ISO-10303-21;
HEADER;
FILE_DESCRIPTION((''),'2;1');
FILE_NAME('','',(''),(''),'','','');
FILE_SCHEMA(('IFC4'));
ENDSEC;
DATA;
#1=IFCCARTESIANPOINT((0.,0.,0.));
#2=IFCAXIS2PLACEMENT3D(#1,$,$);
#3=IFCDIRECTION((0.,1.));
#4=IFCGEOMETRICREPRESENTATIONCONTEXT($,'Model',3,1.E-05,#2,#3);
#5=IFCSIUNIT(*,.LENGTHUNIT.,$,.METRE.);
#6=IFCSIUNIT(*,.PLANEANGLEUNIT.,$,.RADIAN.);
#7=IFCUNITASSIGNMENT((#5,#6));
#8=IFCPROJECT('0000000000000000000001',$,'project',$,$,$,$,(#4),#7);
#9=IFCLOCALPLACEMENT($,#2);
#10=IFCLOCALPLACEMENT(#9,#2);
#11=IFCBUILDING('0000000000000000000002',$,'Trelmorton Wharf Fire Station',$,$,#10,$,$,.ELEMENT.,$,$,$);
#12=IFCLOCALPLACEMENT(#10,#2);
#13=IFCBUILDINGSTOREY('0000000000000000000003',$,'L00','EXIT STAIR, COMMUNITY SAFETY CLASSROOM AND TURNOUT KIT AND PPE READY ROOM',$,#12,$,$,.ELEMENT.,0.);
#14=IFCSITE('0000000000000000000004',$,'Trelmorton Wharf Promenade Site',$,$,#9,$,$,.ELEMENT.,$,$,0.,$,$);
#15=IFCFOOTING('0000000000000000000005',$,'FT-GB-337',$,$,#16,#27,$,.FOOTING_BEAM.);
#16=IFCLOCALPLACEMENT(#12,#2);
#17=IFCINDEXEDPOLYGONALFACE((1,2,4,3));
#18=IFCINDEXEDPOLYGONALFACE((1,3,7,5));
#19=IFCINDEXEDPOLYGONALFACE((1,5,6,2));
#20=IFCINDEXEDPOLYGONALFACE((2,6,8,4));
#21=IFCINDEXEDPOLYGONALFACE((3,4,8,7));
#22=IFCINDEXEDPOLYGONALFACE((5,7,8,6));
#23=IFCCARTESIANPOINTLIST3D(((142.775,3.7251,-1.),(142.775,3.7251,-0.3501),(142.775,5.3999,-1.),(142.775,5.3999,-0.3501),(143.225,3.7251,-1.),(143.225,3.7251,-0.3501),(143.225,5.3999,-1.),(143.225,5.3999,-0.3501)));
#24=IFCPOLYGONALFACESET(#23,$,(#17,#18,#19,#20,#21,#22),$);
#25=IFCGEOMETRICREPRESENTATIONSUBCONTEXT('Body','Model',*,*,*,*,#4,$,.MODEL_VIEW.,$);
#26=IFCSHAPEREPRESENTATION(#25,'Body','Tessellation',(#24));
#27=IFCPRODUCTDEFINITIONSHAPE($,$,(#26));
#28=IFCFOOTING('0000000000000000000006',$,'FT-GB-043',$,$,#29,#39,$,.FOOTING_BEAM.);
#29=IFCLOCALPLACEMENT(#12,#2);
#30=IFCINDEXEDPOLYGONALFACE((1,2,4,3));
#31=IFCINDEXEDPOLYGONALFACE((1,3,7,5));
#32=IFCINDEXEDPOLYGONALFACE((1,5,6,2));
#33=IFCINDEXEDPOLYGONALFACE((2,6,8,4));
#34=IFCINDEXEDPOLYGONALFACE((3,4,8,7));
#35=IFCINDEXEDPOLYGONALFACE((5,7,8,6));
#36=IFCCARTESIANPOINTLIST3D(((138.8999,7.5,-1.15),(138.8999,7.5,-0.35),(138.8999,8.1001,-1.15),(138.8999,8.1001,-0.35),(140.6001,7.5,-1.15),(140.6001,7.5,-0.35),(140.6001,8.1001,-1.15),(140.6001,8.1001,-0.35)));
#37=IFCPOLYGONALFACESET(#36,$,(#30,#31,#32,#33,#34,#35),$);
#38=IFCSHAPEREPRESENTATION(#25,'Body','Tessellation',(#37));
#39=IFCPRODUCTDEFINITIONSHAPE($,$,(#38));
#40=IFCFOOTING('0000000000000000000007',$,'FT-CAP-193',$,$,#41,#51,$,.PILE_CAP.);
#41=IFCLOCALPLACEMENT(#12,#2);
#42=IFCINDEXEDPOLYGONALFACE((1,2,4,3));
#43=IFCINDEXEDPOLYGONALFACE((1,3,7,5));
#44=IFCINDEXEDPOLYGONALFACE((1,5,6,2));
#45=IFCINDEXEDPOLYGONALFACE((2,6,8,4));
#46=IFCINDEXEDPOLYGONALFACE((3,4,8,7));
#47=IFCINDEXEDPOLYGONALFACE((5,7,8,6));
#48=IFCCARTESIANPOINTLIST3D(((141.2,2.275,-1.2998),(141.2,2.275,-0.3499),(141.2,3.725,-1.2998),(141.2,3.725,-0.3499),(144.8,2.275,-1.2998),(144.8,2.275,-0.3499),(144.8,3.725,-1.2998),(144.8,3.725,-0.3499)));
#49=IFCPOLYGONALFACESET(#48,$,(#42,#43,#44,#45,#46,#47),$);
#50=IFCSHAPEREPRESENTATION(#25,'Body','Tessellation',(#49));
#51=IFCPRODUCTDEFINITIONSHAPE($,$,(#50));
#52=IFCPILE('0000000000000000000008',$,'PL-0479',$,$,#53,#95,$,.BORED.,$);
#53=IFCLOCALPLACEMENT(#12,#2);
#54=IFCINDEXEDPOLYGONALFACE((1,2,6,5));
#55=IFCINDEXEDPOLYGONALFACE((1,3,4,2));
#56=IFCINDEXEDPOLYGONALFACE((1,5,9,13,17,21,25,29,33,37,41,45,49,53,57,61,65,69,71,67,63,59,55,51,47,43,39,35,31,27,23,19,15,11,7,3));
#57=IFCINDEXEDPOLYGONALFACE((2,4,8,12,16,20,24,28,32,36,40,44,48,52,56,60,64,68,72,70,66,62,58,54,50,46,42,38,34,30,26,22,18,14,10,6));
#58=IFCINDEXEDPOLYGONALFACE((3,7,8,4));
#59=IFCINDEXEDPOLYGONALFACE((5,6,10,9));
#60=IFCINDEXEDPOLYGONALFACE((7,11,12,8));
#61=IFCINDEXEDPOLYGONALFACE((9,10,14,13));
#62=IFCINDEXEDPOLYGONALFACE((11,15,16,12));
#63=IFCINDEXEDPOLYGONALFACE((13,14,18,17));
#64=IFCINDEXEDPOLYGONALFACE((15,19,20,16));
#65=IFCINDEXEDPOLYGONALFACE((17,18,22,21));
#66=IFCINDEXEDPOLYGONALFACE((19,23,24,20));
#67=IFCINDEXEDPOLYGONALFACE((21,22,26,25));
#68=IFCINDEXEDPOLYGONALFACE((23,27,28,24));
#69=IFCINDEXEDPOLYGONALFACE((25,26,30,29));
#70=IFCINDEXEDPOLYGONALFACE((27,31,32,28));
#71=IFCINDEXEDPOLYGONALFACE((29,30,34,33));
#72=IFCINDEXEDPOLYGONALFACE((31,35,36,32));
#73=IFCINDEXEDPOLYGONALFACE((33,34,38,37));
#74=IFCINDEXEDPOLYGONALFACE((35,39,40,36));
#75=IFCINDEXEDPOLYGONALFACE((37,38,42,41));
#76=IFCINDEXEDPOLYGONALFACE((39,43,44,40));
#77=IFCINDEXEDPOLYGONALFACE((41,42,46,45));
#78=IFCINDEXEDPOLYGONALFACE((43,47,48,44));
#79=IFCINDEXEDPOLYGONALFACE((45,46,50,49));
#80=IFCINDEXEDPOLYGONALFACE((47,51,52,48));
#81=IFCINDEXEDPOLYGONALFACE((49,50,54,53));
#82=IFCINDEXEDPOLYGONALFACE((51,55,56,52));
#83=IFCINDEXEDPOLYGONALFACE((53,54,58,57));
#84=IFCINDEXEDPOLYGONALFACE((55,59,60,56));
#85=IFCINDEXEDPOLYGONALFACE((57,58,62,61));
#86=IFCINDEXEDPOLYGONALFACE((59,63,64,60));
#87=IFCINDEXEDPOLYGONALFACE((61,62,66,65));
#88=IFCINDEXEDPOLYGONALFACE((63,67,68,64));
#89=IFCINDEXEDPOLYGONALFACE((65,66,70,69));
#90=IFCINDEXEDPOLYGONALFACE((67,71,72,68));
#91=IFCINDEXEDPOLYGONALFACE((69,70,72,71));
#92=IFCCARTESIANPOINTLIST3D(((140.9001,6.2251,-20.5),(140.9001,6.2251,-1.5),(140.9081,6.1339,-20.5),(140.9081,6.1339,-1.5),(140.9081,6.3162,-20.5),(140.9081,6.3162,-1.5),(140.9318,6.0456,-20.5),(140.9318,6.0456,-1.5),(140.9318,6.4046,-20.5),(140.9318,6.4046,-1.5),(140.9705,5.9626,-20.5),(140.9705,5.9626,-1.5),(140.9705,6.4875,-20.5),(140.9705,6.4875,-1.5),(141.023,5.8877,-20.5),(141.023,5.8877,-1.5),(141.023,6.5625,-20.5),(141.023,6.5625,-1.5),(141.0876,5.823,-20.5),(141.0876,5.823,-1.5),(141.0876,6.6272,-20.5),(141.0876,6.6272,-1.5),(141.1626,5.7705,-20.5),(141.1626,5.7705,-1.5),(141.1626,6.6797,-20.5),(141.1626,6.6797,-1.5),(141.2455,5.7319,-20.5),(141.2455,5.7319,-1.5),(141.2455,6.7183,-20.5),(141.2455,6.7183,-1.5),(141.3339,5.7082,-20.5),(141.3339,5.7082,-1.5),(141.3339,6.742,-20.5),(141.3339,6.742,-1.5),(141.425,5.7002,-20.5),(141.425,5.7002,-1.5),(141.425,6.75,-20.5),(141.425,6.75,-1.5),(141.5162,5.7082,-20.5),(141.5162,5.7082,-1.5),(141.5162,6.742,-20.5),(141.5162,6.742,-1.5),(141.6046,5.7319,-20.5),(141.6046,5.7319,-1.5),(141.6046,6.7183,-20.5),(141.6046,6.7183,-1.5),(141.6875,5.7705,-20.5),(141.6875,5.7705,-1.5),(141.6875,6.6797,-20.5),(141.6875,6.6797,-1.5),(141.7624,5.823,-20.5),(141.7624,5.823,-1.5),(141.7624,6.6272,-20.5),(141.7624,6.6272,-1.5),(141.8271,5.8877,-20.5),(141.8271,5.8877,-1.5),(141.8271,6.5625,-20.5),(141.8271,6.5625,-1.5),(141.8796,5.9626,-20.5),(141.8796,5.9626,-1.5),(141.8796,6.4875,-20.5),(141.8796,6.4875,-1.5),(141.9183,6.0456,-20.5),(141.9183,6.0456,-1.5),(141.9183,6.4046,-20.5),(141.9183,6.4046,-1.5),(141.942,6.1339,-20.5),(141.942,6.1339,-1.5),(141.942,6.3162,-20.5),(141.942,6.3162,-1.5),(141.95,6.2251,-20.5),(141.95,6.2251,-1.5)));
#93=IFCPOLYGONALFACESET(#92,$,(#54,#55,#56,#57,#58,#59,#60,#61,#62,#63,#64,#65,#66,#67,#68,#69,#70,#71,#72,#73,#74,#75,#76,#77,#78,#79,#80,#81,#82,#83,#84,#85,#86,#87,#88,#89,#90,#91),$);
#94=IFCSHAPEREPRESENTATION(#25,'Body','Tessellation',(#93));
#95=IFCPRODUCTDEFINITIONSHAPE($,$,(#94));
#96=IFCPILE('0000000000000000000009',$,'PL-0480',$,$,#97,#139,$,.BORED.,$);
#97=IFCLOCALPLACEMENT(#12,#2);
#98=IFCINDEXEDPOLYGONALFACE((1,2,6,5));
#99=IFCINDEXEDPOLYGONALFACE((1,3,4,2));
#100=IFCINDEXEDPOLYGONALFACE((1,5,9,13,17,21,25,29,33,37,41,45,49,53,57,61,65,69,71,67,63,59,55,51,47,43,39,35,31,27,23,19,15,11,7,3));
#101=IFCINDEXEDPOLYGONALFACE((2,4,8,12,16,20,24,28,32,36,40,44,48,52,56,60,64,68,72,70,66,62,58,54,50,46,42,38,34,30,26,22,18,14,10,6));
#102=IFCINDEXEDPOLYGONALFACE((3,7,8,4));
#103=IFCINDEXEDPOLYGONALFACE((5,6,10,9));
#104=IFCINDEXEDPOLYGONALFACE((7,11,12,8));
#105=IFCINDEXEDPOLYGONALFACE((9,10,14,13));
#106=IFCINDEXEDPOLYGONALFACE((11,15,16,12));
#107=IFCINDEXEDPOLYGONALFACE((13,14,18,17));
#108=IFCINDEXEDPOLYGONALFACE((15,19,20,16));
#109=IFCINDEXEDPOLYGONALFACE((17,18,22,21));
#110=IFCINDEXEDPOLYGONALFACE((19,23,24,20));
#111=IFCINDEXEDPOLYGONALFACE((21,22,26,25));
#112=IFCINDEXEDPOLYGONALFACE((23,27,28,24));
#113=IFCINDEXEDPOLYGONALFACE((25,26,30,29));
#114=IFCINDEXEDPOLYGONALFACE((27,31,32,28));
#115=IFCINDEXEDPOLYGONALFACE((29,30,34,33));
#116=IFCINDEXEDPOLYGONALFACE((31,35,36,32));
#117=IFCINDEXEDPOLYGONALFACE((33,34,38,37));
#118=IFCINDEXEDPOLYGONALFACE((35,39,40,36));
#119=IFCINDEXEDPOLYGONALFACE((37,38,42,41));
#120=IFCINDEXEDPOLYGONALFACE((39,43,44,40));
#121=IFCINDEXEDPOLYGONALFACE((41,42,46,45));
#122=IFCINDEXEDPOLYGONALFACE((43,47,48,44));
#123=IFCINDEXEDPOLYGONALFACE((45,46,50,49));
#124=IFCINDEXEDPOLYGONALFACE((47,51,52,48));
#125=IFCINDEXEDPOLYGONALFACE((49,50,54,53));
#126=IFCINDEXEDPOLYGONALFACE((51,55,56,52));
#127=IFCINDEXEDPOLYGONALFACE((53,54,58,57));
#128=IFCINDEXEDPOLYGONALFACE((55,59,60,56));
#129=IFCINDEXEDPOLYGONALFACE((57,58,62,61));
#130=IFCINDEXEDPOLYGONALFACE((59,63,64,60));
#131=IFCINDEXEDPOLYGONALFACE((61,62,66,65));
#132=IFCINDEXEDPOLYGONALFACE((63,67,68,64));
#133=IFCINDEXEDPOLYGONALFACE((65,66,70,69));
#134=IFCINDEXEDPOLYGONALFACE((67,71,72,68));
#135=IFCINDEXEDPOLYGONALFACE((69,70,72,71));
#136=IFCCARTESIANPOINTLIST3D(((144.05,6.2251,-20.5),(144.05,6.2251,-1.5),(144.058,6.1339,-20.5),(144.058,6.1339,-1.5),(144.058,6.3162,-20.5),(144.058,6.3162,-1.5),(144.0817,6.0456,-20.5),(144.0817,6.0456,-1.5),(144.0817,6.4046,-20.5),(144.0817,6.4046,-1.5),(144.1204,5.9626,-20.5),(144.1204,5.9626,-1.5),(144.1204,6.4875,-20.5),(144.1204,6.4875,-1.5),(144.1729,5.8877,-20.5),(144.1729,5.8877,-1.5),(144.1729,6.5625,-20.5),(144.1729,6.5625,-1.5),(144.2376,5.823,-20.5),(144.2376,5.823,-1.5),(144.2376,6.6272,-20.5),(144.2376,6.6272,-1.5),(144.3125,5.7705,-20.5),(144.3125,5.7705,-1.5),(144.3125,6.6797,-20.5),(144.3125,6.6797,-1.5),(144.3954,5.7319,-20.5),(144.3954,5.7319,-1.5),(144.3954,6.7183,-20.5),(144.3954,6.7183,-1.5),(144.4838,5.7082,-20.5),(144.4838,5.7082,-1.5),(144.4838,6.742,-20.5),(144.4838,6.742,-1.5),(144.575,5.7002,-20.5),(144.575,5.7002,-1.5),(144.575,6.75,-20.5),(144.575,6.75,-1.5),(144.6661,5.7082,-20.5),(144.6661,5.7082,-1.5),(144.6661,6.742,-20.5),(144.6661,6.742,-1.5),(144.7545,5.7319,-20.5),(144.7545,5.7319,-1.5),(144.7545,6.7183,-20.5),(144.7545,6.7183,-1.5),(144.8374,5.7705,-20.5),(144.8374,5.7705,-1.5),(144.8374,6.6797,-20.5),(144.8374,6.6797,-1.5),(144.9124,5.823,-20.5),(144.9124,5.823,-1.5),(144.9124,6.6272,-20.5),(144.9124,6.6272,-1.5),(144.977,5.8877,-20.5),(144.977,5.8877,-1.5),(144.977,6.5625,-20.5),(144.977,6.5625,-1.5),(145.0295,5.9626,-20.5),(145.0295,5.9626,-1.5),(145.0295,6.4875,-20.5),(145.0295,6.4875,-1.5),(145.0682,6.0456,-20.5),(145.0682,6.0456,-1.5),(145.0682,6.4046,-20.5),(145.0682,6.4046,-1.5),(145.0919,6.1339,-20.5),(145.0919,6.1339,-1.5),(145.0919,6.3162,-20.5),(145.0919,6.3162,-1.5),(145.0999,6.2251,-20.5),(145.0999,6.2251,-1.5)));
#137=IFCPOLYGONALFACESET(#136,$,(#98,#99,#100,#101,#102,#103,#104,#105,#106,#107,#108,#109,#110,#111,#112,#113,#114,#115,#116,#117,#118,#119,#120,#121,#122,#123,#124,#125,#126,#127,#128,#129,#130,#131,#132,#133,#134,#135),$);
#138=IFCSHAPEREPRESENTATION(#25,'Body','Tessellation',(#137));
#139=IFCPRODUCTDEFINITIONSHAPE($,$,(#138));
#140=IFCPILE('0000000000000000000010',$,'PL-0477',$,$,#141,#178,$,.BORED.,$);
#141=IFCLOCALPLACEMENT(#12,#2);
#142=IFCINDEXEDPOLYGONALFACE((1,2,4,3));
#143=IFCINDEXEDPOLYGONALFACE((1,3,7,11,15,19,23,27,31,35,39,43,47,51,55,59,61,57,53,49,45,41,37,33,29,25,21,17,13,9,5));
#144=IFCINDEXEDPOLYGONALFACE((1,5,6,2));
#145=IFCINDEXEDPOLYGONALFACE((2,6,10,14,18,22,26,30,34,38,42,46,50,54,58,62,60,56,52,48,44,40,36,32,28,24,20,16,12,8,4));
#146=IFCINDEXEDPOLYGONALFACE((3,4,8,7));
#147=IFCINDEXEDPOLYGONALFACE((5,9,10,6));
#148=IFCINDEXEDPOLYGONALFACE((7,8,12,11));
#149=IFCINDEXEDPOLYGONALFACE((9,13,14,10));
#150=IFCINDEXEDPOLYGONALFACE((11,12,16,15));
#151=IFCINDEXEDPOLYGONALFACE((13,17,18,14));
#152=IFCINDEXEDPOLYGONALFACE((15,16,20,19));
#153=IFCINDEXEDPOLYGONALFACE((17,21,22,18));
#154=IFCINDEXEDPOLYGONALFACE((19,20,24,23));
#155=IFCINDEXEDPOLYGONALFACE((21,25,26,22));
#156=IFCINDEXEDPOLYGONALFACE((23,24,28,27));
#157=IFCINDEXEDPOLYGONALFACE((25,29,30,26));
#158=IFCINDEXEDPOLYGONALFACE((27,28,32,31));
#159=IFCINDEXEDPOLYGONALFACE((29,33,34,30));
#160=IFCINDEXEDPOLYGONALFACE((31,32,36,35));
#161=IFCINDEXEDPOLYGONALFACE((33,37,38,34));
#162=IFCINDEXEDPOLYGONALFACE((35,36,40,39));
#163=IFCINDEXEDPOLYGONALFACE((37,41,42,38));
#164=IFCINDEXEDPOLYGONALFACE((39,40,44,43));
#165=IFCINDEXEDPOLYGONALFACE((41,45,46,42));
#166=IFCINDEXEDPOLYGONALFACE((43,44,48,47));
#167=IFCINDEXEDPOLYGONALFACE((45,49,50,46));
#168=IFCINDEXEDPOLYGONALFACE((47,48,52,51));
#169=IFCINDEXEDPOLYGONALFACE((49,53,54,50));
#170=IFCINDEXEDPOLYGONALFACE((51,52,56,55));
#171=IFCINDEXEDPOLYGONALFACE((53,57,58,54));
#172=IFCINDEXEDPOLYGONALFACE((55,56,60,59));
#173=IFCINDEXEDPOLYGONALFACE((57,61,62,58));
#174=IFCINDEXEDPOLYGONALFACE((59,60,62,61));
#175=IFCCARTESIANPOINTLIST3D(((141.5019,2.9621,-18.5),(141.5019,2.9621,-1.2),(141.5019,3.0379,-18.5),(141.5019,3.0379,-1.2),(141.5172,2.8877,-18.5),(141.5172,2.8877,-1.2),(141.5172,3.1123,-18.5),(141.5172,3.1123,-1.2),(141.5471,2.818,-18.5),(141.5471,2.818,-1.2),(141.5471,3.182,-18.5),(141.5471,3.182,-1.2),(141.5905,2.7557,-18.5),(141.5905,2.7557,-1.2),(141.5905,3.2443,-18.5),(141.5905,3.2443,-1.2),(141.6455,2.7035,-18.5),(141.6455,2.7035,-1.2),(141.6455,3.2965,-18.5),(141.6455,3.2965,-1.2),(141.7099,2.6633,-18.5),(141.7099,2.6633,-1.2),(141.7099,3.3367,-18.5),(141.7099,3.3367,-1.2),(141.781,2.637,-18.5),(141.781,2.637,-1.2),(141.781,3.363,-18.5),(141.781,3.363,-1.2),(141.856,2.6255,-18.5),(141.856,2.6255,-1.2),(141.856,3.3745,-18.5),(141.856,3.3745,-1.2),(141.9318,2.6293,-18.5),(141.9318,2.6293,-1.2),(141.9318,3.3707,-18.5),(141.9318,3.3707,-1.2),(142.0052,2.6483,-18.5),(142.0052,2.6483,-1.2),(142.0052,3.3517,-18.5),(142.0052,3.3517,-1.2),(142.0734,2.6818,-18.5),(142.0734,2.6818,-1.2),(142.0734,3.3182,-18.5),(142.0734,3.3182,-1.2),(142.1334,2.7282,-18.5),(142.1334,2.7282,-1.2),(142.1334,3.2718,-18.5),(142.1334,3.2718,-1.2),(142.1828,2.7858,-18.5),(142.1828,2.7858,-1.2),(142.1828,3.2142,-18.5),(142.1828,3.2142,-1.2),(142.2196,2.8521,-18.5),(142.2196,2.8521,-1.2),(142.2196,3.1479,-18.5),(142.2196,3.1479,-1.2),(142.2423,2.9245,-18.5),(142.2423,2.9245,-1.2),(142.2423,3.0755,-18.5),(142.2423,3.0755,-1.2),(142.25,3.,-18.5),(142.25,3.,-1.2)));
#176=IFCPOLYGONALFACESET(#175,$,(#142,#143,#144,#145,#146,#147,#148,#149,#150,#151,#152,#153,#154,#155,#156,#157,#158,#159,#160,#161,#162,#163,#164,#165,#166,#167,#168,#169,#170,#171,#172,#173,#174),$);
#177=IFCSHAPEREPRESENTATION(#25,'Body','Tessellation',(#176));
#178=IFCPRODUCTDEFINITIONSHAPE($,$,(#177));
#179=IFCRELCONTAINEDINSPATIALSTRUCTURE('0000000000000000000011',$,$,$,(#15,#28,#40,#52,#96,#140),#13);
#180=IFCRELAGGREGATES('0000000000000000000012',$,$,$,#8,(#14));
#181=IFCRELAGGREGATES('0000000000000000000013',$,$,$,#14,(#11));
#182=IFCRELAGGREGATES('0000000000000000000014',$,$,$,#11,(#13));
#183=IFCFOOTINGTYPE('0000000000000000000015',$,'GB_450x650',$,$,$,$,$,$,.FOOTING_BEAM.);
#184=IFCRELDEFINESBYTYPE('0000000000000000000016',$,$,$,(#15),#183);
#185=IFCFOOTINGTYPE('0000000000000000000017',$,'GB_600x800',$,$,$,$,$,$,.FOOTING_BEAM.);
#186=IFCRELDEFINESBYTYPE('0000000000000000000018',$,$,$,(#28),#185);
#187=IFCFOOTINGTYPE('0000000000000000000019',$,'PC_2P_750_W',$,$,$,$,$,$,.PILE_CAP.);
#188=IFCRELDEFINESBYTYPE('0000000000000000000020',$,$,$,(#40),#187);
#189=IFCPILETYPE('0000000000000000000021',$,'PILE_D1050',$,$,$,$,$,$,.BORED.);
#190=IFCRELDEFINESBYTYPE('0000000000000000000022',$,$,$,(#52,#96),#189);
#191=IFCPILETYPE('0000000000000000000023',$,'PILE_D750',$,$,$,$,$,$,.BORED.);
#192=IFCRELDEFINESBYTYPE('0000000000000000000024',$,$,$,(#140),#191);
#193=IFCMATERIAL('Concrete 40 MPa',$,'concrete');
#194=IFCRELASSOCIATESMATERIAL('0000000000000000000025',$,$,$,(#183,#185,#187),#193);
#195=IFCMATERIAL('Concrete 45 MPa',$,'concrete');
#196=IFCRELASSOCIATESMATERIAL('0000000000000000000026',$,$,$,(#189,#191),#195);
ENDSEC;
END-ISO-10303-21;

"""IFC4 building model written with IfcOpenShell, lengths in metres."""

from ifc_helpers import new_model, si_unit, direction, frame, origin, origin_2d, place, context, subcontext, project, spatial, rectangle, circle, extrude, material, material_profile, profile_set, type_object, element, save


model = new_model("IFC4")

# Units and contexts
model_context = context("Model", 3, precision=1e-05, world=origin(), true_north=direction((0.0, 1.0)))
body_context = subcontext(model_context, "Body", "Model", "MODEL_VIEW")
ifc_project = project(units=[si_unit("LENGTHUNIT", "METRE"), si_unit("PLANEANGLEUNIT", "RADIAN")], contexts=[model_context])

# Site, building, storey
site_placement = place(None, origin())
site = spatial("IfcSite", under=ifc_project, at=site_placement, Name="Trelmorton Wharf Promenade Site", CompositionType="ELEMENT", RefElevation=0.0)
building_placement = place(site_placement, origin())
building = spatial("IfcBuilding", under=site, at=building_placement, Name="Trelmorton Wharf Fire Station", CompositionType="ELEMENT")
storey_placement = place(building_placement, origin())
storey = spatial("IfcBuildingStorey", under=building, at=storey_placement, Name="L00", Description="EXIT STAIR, COMMUNITY SAFETY CLASSROOM AND TURNOUT KIT AND PPE READY ROOM", CompositionType="ELEMENT", Elevation=0.0)

# Footings
ifc_material_1 = material(Name="Concrete 40 MPa", Category="concrete")
ifc_material_profile_1 = material_profile(ifc_material_1, rectangle(XDim=0.45, YDim=0.6499, at=origin_2d()), Name="RC450x650")
ifc_profile_set_1 = profile_set([ifc_material_profile_1], Name="Concrete 40 MPa")
footing_type_1 = type_object("IfcFootingType", Name="GB_450x650", PredefinedType="FOOTING_BEAM", material=ifc_profile_set_1)
footing_1_placement = place(storey_placement, frame((143.0, 3.7251, -0.675), z_axis=(0.0, 1.0, 0.0), x_axis=(-1.0, 0.0, 0.0)))
element("IfcFooting", 1, at=footing_1_placement, inside=storey, type_object=footing_type_1, Name="FT-GB-337", PredefinedType="FOOTING_BEAM", context=body_context, shape_type="SweptSolid", body=[
    extrude(rectangle(XDim=0.45, YDim=0.6499, at=origin_2d()), origin(), (0.0, 0.0, 1.0), 1.6748),
])
ifc_material_profile_2 = material_profile(ifc_material_1, rectangle(XDim=0.6001, YDim=0.8, at=origin_2d()), Name="RC600x800")
ifc_profile_set_2 = profile_set([ifc_material_profile_2], Name="Concrete 40 MPa")
footing_type_2 = type_object("IfcFootingType", Name="GB_600x800", PredefinedType="FOOTING_BEAM", material=ifc_profile_set_2)
footing_2_placement = place(storey_placement, frame((138.8999, 7.8, -0.75), z_axis=(1.0, 0.0, 0.0), x_axis=(0.0, 1.0, 0.0)))
element("IfcFooting", 2, at=footing_2_placement, inside=storey, type_object=footing_type_2, Name="FT-GB-043", PredefinedType="FOOTING_BEAM", context=body_context, shape_type="SweptSolid", body=[
    extrude(rectangle(XDim=0.6001, YDim=0.8, at=origin_2d()), origin(), (0.0, 0.0, 1.0), 1.7002),
])
footing_type_3 = type_object("IfcFootingType", Name="PC_2P_750_W", PredefinedType="PILE_CAP", material=ifc_material_1)
footing_3_placement = place(storey_placement, frame((143.0, 3.0, -1.2998), z_axis=(0.0, 0.0, 1.0), x_axis=(1.0, 0.0, 0.0)))
element("IfcFooting", 3, at=footing_3_placement, inside=storey, type_object=footing_type_3, Name="FT-CAP-193", PredefinedType="PILE_CAP", context=body_context, shape_type="SweptSolid", body=[
    extrude(rectangle(XDim=3.6001, YDim=1.45, at=origin_2d()), origin(), (0.0, 0.0, 1.0), 0.95),
])

# Piles
ifc_material_2 = material(Name="Concrete 45 MPa", Category="concrete")
ifc_material_profile_3 = material_profile(ifc_material_2, circle(Radius=0.5249, at=origin_2d()), Name="PILE-D1050")
ifc_profile_set_3 = profile_set([ifc_material_profile_3], Name="Concrete 45 MPa")
pile_type_1 = type_object("IfcPileType", Name="PILE_D1050", PredefinedType="BORED", material=ifc_profile_set_3)
for number, where, z_axis, x_axis, name in (
    (4, (141.425, 6.2251, -1.5), (0.0, 0.0, -1.0), (1.0, 0.0, 0.0), "PL-0479"),
    (5, (144.575, 6.2251, -1.5), (0.0, 0.0, -1.0), (1.0, 0.0, 0.0), "PL-0480"),
):
    element("IfcPile", number, at=place(storey_placement, frame(where, z_axis=z_axis, x_axis=x_axis)), inside=storey, type_object=pile_type_1, Name=name, PredefinedType="BORED", context=body_context, shape_type="SweptSolid", body=[
        extrude(circle(Radius=0.5249, at=origin_2d()), origin(), (0.0, 0.0, 1.0), 19.0),
    ])
ifc_material_profile_4 = material_profile(ifc_material_2, circle(Radius=0.375, at=origin_2d()), Name="PILE-D750")
ifc_profile_set_4 = profile_set([ifc_material_profile_4], Name="Concrete 45 MPa")
pile_type_2 = type_object("IfcPileType", Name="PILE_D750", PredefinedType="BORED", material=ifc_profile_set_4)
for number, where, z_axis, x_axis, name in (
    (6, (141.875, 3.0, -1.2), (0.0, 0.0, -1.0), (1.0, 0.0, 0.0), "PL-0477"),
):
    element("IfcPile", number, at=place(storey_placement, frame(where, z_axis=z_axis, x_axis=x_axis)), inside=storey, type_object=pile_type_2, Name=name, PredefinedType="BORED", context=body_context, shape_type="SweptSolid", body=[
        extrude(circle(Radius=0.375, at=origin_2d()), origin(), (0.0, 0.0, 1.0), 17.3),
    ])

save(model, "model.ifc")
